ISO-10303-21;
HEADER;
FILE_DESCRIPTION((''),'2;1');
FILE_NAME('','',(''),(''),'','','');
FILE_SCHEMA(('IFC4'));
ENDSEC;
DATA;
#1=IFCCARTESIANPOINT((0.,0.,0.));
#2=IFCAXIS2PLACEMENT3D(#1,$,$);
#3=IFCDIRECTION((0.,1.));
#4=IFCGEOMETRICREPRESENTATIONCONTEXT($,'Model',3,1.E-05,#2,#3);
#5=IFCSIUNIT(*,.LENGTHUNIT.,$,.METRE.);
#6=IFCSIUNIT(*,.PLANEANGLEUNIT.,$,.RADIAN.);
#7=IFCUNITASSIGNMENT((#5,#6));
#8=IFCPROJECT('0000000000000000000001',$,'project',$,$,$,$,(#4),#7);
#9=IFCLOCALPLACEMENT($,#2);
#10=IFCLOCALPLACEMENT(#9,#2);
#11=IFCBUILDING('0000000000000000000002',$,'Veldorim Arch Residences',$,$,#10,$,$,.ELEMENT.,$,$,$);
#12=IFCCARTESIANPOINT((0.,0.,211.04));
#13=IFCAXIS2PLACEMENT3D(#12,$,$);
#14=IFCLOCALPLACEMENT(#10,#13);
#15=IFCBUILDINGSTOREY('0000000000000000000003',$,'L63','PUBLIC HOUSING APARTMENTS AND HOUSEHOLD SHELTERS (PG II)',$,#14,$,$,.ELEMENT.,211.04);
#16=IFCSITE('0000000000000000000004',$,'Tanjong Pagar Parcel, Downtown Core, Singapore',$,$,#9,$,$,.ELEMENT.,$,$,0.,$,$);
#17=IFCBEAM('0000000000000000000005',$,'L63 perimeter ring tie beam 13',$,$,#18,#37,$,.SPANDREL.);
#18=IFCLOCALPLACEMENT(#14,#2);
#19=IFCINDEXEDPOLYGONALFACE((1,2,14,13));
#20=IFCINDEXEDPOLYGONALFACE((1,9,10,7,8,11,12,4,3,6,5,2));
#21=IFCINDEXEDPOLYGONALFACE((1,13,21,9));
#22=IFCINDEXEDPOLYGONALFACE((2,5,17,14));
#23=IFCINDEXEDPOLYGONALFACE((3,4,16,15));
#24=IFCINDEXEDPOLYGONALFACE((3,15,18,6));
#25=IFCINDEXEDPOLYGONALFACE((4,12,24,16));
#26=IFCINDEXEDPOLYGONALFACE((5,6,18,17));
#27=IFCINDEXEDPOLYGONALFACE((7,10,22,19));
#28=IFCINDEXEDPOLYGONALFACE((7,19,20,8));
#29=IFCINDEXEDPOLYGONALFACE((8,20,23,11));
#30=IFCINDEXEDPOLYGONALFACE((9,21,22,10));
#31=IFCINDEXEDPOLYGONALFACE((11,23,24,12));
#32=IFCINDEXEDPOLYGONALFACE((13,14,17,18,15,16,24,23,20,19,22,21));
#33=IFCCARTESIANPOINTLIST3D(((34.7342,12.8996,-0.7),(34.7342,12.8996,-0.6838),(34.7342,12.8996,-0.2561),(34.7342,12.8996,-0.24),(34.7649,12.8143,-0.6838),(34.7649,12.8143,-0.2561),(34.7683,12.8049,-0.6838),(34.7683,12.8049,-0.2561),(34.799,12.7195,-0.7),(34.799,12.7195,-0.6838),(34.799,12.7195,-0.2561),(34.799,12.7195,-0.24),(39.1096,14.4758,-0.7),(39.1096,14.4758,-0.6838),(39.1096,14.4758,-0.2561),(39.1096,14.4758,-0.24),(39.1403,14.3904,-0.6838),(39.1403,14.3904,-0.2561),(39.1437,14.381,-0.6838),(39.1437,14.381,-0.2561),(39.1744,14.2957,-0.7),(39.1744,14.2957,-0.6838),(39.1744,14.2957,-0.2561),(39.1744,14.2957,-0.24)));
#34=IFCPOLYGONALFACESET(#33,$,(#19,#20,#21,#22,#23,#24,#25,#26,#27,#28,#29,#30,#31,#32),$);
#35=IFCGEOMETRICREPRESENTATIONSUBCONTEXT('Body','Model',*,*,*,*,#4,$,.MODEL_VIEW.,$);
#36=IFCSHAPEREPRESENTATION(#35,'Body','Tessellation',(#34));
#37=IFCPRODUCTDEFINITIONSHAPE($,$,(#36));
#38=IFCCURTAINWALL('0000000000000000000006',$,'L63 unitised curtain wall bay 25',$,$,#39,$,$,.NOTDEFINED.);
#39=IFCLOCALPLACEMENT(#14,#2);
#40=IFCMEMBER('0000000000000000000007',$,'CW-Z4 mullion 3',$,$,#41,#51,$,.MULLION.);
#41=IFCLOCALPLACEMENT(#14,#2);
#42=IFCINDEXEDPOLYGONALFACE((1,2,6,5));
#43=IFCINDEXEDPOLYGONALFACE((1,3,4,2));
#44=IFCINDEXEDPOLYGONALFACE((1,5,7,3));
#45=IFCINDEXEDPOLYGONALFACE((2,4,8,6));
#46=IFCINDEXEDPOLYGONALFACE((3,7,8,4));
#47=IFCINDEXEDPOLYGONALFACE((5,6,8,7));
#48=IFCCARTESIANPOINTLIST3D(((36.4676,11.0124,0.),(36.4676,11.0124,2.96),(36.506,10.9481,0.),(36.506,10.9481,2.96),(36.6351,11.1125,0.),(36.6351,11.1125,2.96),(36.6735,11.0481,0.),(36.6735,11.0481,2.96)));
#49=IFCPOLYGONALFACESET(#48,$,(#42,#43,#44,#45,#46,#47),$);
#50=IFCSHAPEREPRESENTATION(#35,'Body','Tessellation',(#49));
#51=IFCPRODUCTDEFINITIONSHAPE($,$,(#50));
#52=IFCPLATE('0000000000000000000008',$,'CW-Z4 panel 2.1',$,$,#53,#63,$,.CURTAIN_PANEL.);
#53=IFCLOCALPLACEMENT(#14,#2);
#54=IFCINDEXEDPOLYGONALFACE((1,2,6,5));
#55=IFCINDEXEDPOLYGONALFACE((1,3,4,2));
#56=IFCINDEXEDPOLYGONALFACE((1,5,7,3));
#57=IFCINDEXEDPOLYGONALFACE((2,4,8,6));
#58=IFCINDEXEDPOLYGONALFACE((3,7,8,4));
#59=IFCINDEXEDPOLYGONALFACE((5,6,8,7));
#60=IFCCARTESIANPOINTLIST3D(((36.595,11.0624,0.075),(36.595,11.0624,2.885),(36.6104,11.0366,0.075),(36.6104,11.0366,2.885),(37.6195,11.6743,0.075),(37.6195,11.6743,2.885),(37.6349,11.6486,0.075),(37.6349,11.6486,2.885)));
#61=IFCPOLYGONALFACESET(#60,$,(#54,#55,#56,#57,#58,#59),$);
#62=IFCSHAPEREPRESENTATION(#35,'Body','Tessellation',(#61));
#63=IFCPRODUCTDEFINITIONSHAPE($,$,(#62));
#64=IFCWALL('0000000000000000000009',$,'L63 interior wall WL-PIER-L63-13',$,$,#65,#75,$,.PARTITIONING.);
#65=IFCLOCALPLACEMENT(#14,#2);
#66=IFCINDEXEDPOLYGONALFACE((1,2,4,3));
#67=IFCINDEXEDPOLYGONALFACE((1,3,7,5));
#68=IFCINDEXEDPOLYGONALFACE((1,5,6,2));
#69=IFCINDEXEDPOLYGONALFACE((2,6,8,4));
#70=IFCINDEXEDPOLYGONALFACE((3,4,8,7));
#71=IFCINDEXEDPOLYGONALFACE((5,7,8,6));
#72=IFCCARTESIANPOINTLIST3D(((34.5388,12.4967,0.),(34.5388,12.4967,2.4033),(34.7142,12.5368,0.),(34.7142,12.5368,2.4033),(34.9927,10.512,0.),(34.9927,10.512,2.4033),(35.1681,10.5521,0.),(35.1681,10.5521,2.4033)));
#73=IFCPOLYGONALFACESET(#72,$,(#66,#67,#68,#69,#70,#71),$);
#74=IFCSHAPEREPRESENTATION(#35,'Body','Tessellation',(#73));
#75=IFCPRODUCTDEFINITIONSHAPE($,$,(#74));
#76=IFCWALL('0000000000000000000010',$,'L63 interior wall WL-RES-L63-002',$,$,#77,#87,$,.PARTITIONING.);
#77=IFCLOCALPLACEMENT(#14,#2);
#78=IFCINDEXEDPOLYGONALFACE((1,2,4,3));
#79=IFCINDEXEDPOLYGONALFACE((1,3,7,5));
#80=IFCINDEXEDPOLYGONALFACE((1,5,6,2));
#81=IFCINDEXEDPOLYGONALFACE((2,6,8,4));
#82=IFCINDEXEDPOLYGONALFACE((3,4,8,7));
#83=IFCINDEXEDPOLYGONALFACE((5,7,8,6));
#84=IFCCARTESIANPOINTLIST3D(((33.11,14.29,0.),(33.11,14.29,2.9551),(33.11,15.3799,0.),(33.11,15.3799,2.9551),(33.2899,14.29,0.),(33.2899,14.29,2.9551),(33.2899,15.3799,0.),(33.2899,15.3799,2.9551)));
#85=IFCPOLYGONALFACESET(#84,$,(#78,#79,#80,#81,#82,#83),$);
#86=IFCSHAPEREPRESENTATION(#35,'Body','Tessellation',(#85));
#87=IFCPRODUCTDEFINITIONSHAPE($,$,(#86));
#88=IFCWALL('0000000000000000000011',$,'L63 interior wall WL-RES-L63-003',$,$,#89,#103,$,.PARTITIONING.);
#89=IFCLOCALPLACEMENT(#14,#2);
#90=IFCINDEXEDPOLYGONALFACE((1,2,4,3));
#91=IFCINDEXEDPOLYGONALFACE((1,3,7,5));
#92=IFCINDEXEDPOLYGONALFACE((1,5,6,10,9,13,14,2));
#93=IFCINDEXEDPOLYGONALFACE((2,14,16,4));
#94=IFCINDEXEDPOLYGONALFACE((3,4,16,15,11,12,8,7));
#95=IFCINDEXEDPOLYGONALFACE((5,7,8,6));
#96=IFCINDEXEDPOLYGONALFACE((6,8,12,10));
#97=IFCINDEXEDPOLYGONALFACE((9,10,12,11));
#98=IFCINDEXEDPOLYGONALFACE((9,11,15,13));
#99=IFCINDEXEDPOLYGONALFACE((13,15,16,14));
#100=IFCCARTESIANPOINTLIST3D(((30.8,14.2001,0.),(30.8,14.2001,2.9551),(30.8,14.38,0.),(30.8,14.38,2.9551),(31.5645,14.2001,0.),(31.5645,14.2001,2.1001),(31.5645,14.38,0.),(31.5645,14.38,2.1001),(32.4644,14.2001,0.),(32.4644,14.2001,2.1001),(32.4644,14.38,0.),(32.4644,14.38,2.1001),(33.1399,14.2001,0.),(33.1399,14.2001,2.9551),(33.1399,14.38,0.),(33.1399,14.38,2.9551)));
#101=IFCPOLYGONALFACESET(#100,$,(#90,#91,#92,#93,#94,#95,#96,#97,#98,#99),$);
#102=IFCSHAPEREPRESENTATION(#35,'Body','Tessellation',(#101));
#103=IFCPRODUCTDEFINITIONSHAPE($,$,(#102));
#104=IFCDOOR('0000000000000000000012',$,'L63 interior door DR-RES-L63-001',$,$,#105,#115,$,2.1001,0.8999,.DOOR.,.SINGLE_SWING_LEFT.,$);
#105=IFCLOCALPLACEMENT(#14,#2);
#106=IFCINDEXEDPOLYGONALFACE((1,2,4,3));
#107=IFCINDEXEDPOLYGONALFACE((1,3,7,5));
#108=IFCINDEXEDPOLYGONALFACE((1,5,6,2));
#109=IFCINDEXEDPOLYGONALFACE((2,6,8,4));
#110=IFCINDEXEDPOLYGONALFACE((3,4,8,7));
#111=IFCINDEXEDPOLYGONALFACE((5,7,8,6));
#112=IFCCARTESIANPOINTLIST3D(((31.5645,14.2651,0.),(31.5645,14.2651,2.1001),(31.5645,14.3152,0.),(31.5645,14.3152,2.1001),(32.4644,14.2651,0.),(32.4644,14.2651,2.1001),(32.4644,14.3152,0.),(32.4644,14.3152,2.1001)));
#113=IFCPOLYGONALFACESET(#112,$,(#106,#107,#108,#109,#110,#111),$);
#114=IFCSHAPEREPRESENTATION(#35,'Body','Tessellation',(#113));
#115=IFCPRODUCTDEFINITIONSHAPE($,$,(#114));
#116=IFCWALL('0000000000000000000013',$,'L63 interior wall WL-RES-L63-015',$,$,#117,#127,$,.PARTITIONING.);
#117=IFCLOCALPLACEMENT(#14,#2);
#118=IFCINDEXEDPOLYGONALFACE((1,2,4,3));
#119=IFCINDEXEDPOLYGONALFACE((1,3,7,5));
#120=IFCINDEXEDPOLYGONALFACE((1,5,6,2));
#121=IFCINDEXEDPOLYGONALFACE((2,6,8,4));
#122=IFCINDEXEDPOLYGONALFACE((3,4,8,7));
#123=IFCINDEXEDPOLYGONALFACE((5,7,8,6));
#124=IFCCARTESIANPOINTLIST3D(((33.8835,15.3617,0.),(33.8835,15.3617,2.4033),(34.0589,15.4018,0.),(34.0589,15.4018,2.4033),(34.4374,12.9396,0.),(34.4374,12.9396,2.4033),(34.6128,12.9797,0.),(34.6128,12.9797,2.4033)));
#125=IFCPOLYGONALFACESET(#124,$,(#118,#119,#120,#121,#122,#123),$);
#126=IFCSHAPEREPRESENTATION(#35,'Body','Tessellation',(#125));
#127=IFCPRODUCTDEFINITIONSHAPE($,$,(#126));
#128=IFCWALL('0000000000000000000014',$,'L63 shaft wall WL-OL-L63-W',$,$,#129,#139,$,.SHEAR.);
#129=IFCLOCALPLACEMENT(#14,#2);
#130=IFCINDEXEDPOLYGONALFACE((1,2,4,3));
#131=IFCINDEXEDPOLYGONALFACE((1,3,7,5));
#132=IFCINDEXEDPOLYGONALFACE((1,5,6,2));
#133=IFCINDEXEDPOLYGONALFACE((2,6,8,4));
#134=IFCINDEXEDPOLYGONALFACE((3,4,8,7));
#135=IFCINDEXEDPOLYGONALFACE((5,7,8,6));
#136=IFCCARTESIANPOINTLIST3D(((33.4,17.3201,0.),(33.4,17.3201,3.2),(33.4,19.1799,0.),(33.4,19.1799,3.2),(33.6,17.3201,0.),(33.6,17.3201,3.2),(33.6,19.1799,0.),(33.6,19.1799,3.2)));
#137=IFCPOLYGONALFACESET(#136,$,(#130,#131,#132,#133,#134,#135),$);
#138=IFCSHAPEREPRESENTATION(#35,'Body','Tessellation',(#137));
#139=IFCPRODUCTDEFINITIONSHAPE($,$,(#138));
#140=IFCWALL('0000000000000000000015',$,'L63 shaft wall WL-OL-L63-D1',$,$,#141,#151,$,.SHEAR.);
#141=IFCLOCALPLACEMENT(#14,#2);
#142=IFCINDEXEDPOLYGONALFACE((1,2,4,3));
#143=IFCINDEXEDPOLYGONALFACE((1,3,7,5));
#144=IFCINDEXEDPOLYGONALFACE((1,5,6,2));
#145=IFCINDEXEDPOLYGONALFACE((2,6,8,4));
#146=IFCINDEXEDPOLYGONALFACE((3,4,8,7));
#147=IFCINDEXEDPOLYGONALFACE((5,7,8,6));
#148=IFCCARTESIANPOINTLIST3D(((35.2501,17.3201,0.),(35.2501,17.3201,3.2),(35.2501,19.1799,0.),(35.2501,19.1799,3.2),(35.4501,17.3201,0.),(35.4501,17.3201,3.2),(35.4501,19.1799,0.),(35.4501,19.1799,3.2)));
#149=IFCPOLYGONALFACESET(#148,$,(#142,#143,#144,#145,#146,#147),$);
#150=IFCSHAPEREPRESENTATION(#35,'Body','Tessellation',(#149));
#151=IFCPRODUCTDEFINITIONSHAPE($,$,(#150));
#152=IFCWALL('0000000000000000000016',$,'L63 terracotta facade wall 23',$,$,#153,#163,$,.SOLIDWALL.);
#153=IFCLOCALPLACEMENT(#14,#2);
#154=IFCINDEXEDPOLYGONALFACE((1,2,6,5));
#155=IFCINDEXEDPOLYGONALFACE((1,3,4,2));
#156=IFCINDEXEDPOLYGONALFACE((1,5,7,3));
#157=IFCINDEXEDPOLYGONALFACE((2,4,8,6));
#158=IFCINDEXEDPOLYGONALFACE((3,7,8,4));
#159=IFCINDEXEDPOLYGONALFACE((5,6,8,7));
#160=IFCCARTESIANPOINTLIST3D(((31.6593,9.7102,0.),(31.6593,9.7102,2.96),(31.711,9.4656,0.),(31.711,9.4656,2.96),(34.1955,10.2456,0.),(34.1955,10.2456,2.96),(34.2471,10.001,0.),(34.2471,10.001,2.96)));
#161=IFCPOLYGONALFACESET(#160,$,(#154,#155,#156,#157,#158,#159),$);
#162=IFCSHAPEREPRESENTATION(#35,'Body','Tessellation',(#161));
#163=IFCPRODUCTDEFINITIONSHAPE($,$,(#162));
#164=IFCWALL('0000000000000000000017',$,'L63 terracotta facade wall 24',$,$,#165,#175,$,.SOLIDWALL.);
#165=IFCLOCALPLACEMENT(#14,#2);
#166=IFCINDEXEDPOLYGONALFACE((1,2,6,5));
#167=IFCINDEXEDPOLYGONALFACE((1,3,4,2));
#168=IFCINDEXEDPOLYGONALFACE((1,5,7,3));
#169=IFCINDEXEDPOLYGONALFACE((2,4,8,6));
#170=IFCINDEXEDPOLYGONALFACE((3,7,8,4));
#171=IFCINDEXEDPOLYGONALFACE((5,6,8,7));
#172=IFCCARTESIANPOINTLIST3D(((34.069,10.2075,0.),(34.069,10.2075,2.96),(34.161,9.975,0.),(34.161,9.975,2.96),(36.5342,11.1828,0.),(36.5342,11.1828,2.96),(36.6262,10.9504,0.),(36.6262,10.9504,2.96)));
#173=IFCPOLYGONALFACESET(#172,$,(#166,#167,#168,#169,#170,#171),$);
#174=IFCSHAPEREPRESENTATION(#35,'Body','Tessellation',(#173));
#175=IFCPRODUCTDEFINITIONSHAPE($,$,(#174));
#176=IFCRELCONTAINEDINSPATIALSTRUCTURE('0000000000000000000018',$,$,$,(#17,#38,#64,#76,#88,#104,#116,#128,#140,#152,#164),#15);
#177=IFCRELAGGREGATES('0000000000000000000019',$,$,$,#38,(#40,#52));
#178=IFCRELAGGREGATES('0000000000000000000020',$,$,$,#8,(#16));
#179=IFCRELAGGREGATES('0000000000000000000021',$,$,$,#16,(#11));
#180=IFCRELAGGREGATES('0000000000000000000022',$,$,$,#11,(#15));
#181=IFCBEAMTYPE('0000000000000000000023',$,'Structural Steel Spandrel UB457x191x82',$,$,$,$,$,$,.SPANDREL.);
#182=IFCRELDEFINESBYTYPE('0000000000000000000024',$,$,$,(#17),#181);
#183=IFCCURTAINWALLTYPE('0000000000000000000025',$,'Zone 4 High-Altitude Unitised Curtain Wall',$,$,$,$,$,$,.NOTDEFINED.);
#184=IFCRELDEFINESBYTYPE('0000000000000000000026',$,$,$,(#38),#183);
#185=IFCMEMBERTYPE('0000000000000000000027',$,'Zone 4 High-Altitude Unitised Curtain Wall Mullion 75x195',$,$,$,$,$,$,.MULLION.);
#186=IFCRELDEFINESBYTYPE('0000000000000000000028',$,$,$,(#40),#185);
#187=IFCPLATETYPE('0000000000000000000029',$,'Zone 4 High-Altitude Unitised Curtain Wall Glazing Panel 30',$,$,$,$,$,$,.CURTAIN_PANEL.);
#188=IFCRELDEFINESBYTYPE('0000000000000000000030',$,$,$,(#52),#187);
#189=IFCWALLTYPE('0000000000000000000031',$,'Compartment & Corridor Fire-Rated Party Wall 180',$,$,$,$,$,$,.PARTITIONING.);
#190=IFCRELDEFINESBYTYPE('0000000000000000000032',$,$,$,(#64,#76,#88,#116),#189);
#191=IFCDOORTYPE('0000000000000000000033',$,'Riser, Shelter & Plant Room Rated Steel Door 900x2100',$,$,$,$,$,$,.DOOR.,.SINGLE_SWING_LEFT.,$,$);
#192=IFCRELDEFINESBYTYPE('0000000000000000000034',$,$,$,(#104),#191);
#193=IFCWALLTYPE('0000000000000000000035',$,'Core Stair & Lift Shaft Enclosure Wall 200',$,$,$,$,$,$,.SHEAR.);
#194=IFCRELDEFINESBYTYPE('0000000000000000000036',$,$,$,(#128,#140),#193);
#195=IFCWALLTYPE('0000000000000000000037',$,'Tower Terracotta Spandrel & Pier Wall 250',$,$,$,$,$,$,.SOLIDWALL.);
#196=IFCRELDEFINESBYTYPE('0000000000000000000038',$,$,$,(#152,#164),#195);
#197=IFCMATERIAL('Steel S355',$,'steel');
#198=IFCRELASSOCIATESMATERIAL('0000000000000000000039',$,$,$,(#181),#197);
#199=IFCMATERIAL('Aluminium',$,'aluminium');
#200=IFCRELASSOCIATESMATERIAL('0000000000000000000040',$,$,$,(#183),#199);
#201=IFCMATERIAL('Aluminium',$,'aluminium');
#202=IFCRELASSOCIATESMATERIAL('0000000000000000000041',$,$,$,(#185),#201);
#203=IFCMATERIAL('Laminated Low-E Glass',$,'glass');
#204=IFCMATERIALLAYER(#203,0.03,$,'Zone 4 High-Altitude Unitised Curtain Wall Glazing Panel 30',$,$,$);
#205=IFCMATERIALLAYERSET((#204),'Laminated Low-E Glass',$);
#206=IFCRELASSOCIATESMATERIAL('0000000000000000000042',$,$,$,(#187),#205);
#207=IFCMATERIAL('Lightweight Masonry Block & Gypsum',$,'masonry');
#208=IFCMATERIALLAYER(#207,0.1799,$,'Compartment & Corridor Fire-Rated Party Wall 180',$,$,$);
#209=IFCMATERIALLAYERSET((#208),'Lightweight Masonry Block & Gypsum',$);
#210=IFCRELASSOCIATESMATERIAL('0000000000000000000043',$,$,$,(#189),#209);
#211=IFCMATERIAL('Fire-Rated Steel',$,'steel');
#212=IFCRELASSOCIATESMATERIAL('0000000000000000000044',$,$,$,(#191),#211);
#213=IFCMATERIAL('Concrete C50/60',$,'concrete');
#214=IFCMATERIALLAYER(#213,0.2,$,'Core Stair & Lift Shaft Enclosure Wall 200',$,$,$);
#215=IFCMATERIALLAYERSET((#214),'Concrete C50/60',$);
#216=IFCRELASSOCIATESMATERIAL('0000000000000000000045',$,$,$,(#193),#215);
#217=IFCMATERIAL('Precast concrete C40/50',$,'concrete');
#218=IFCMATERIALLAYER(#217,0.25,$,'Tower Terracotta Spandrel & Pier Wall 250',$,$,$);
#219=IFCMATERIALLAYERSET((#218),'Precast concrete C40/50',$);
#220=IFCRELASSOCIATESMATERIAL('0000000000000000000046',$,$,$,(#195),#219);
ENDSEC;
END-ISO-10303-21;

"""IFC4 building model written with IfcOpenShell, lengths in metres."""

from ifc_helpers import new_model, si_unit, direction, frame, frame_2d, origin, origin_2d, place, context, subcontext, project, spatial, rectangle, i_section, extrude, material, layer, layer_set, material_profile, profile_set, type_object, element, fill, aggregate, save


model = new_model("IFC4")

# Units and contexts
model_context = context("Model", 3, precision=1e-05, world=origin(), true_north=direction((0.0, 1.0)))
body_context = subcontext(model_context, "Body", "Model", "MODEL_VIEW")
ifc_project = project(units=[si_unit("LENGTHUNIT", "METRE"), si_unit("PLANEANGLEUNIT", "RADIAN")], contexts=[model_context])

# Site, building, storey
site_placement = place(None, origin())
site = spatial("IfcSite", under=ifc_project, at=site_placement, Name="Tanjong Pagar Parcel, Downtown Core, Singapore", CompositionType="ELEMENT", RefElevation=0.0)
building_placement = place(site_placement, origin())
building = spatial("IfcBuilding", under=site, at=building_placement, Name="Veldorim Arch Residences", CompositionType="ELEMENT")
storey_placement = place(building_placement, frame((0.0, 0.0, 211.04)))
storey = spatial("IfcBuildingStorey", under=building, at=storey_placement, Name="L63", Description="PUBLIC HOUSING APARTMENTS AND HOUSEHOLD SHELTERS (PG II)", CompositionType="ELEMENT", Elevation=211.04)

# Beam
ifc_material_1 = material(Name="Steel S355", Category="steel")
ifc_material_profile_1 = material_profile(ifc_material_1, i_section(OverallWidth=0.1914, OverallDepth=0.46, WebThickness=0.01, FlangeThickness=0.0161, at=origin_2d()), Name="UB457x191x82")
ifc_profile_set_1 = profile_set([ifc_material_profile_1], Name="Steel S355")
beam_type_1 = type_object("IfcBeamType", Name="Structural Steel Spandrel UB457x191x82", PredefinedType="SPANDREL", material=ifc_profile_set_1)
beam_1_placement = place(storey_placement, frame((34.7666, 12.8096, -0.47), z_axis=(0.940819, 0.338909, 0.0), x_axis=(-0.338909, 0.940819, 0.0)))
element("IfcBeam", 1, at=beam_1_placement, inside=storey, type_object=beam_type_1, Name="L63 perimeter ring tie beam 13", PredefinedType="SPANDREL", context=body_context, shape_type="SweptSolid", body=[
    extrude(i_section(OverallWidth=0.1914, OverallDepth=0.46, WebThickness=0.01, FlangeThickness=0.0161, at=origin_2d()), origin(), (0.0, 0.0, 1.0), 4.6506),
])

# Curtain wall, member, plate
ifc_material_2 = material(Name="Aluminium", Category="aluminium")
curtain_wall_type = type_object("IfcCurtainWallType", Name="Zone 4 High-Altitude Unitised Curtain Wall", PredefinedType="NOTDEFINED", material=ifc_material_2)
curtain_wall_placement = place(storey_placement, origin())
curtain_wall = element("IfcCurtainWall", 2, at=curtain_wall_placement, inside=storey, type_object=curtain_wall_type, Name="L63 unitised curtain wall bay 25", PredefinedType="NOTDEFINED")
ifc_material_3 = material(Name="Aluminium", Category="aluminium")
ifc_material_profile_2 = material_profile(ifc_material_3, rectangle(XDim=0.075, YDim=0.1951, at=origin_2d()), Name="ALU_MUL_75x195")
ifc_profile_set_2 = profile_set([ifc_material_profile_2], Name="Aluminium")
member_type = type_object("IfcMemberType", Name="Zone 4 High-Altitude Unitised Curtain Wall Mullion 75x195", PredefinedType="MULLION", material=ifc_profile_set_2)
member_placement = place(storey_placement, frame((36.5706, 11.0303, 0.0), z_axis=(0.0, 0.0, 1.0), x_axis=(0.512817, -0.858498, 0.0)))
member = element("IfcMember", 3, at=member_placement, type_object=member_type, Name="CW-Z4 mullion 3", PredefinedType="MULLION", context=body_context, shape_type="SweptSolid", body=[
    extrude(rectangle(XDim=0.075, YDim=0.1951, at=origin_2d()), origin(), (0.0, 0.0, 1.0), 2.96),
])
ifc_material_4 = material(Name="Laminated Low-E Glass", Category="glass")
ifc_layer_1 = layer(ifc_material_4, 0.03, Name="Zone 4 High-Altitude Unitised Curtain Wall Glazing Panel 30")
ifc_layer_set_1 = layer_set([ifc_layer_1], Name="Laminated Low-E Glass")
plate_type = type_object("IfcPlateType", Name="Zone 4 High-Altitude Unitised Curtain Wall Glazing Panel 30", PredefinedType="CURTAIN_PANEL", material=ifc_layer_set_1)
plate_placement = place(storey_placement, frame((37.115, 11.3555, 0.075), z_axis=(0.0, 0.0, 1.0), x_axis=(-0.858498, -0.512817, 0.0)))
plate = element("IfcPlate", 4, at=plate_placement, type_object=plate_type, Name="CW-Z4 panel 2.1", PredefinedType="CURTAIN_PANEL", context=body_context, shape_type="SweptSolid", body=[
    extrude(rectangle(XDim=1.1934, YDim=0.03, at=origin_2d()), origin(), (0.0, 0.0, 1.0), 2.8101),
])
aggregate(curtain_wall, [member, plate])

# Walls
ifc_material_5 = material(Name="Lightweight Masonry Block & Gypsum", Category="masonry")
ifc_layer_2 = layer(ifc_material_5, 0.1799, Name="Compartment & Corridor Fire-Rated Party Wall 180")
ifc_layer_set_2 = layer_set([ifc_layer_2], Name="Lightweight Masonry Block & Gypsum")
wall_type_1 = type_object("IfcWallType", Name="Compartment & Corridor Fire-Rated Party Wall 180", PredefinedType="PARTITIONING", material=ifc_layer_set_2)
wall_1_placement = place(storey_placement, frame((34.6265, 12.5168, 0.0), z_axis=(0.0, 0.0, 1.0), x_axis=(0.222932, -0.974834, 0.0)))
element("IfcWall", 5, at=wall_1_placement, inside=storey, type_object=wall_type_1, Name="L63 interior wall WL-PIER-L63-13", PredefinedType="PARTITIONING", context=body_context, shape_type="SweptSolid", body=[
    extrude(rectangle(XDim=2.0359, YDim=0.1799, at=frame_2d((1.0181, 0.0))), origin(), (0.0, 0.0, 1.0), 2.4033),
])
wall_2_placement = place(storey_placement, frame((33.2, 15.3799, 0.0), z_axis=(0.0, 0.0, 1.0), x_axis=(0.0, -1.0, 0.0)))
element("IfcWall", 6, at=wall_2_placement, inside=storey, type_object=wall_type_1, Name="L63 interior wall WL-RES-L63-002", PredefinedType="PARTITIONING", context=body_context, shape_type="SweptSolid", body=[
    extrude(rectangle(XDim=1.0898, YDim=0.1799, at=frame_2d((0.5449, 0.0))), origin(), (0.0, 0.0, 1.0), 2.9551),
])

# Wall, opening, door
wall_3_placement = place(storey_placement, frame((33.1399, 14.29, 0.0), z_axis=(0.0, 0.0, 1.0), x_axis=(-1.0, 0.0, 0.0)))
wall_3 = element("IfcWall", 7, at=wall_3_placement, inside=storey, type_object=wall_type_1, Name="L63 interior wall WL-RES-L63-003", PredefinedType="PARTITIONING", context=body_context, shape_type="SweptSolid", body=[
    extrude(rectangle(XDim=2.3398, YDim=0.1799, at=frame_2d((1.1699, 0.0))), origin(), (0.0, 0.0, 1.0), 2.9551),
])
opening_placement = place(wall_3_placement, frame((0.6755, 0.0, 0.0)))
opening = element("IfcOpeningElement", 8, at=opening_placement, cuts=wall_3, PredefinedType="OPENING", context=body_context, shape_type="SweptSolid", body=[
    extrude(rectangle(XDim=0.8999, YDim=2.1001, at=frame_2d((0.45, 1.05))), frame((0.0, 0.0999, 0.0), z_axis=(0.0, -1.0, 0.0), x_axis=(1.0, 0.0, 0.0)), (0.0, 0.0, 1.0), 0.2),
])
ifc_material_6 = material(Name="Fire-Rated Steel", Category="steel")
door_type = type_object("IfcDoorType", Name="Riser, Shelter & Plant Room Rated Steel Door 900x2100", OperationType="SINGLE_SWING_LEFT", PredefinedType="DOOR", material=ifc_material_6)
door_placement = place(opening_placement, origin())
door = element("IfcDoor", 9, at=door_placement, inside=storey, type_object=door_type, Name="L63 interior door DR-RES-L63-001", OperationType="SINGLE_SWING_LEFT", OverallHeight=2.1001, OverallWidth=0.8999, PredefinedType="DOOR", context=body_context, shape_type="SweptSolid", body=[
    extrude(rectangle(XDim=0.8999, YDim=2.1001, at=frame_2d((0.45, 1.05))), frame((0.0, 0.0249, 0.0), z_axis=(0.0, -1.0, 0.0), x_axis=(1.0, 0.0, 0.0)), (0.0, 0.0, 1.0), 0.05),
])
fill(opening, door)

# Walls
wall_4_placement = place(storey_placement, frame((33.9712, 15.3816, 0.0), z_axis=(0.0, 0.0, 1.0), x_axis=(0.22295, -0.97483, 0.0)))
element("IfcWall", 10, at=wall_4_placement, inside=storey, type_object=wall_type_1, Name="L63 interior wall WL-RES-L63-015", PredefinedType="PARTITIONING", context=body_context, shape_type="SweptSolid", body=[
    extrude(rectangle(XDim=2.4846, YDim=0.1799, at=frame_2d((1.2422, 0.0))), origin(), (0.0, 0.0, 1.0), 2.4033),
])
ifc_material_7 = material(Name="Concrete C50/60", Category="concrete")
ifc_layer_3 = layer(ifc_material_7, 0.2, Name="Core Stair & Lift Shaft Enclosure Wall 200")
ifc_layer_set_3 = layer_set([ifc_layer_3], Name="Concrete C50/60")
wall_type_2 = type_object("IfcWallType", Name="Core Stair & Lift Shaft Enclosure Wall 200", PredefinedType="SHEAR", material=ifc_layer_set_3)
for number, where, z_axis, x_axis, name in (
    (11, (33.5, 17.3201, 0.0), (0.0, 0.0, 1.0), (0.0, 1.0, 0.0), "L63 shaft wall WL-OL-L63-W"),
    (12, (35.3501, 17.3201, 0.0), (0.0, 0.0, 1.0), (0.0, 1.0, 0.0), "L63 shaft wall WL-OL-L63-D1"),
):
    element("IfcWall", number, at=place(storey_placement, frame(where, z_axis=z_axis, x_axis=x_axis)), inside=storey, type_object=wall_type_2, Name=name, PredefinedType="SHEAR", context=body_context, shape_type="SweptSolid", body=[
        extrude(rectangle(XDim=1.8599, YDim=0.2, at=frame_2d((0.9299, 0.0))), origin(), (0.0, 0.0, 1.0), 3.2),
    ])
ifc_material_8 = material(Name="Precast concrete C40/50", Category="concrete")
ifc_layer_4 = layer(ifc_material_8, 0.25, Name="Tower Terracotta Spandrel & Pier Wall 250")
ifc_layer_set_4 = layer_set([ifc_layer_4], Name="Precast concrete C40/50")
wall_type_3 = type_object("IfcWallType", Name="Tower Terracotta Spandrel & Pier Wall 250", PredefinedType="SOLIDWALL", material=ifc_layer_set_4)
wall_5_placement = place(storey_placement, frame((34.2212, 10.1233, 0.0), z_axis=(0.0, 0.0, 1.0), x_axis=(-0.978435, -0.206556, 0.0)))
element("IfcWall", 13, at=wall_5_placement, inside=storey, type_object=wall_type_3, Name="L63 terracotta facade wall 23", PredefinedType="SOLIDWALL", context=body_context, shape_type="SweptSolid", body=[
    extrude(rectangle(XDim=2.592, YDim=0.25, at=frame_2d((1.2959, 0.0))), origin(), (0.0, 0.0, 1.0), 2.96),
])
wall_6_placement = place(storey_placement, frame((36.5803, 11.0667, 0.0), z_axis=(0.0, 0.0, 1.0), x_axis=(-0.929861, -0.367911, 0.0)))
element("IfcWall", 14, at=wall_6_placement, inside=storey, type_object=wall_type_3, Name="L63 terracotta facade wall 24", PredefinedType="SOLIDWALL", context=body_context, shape_type="SweptSolid", body=[
    extrude(rectangle(XDim=2.6511, YDim=0.25, at=frame_2d((1.3257, 0.0))), origin(), (0.0, 0.0, 1.0), 2.96),
])

save(model, "model.ifc")
